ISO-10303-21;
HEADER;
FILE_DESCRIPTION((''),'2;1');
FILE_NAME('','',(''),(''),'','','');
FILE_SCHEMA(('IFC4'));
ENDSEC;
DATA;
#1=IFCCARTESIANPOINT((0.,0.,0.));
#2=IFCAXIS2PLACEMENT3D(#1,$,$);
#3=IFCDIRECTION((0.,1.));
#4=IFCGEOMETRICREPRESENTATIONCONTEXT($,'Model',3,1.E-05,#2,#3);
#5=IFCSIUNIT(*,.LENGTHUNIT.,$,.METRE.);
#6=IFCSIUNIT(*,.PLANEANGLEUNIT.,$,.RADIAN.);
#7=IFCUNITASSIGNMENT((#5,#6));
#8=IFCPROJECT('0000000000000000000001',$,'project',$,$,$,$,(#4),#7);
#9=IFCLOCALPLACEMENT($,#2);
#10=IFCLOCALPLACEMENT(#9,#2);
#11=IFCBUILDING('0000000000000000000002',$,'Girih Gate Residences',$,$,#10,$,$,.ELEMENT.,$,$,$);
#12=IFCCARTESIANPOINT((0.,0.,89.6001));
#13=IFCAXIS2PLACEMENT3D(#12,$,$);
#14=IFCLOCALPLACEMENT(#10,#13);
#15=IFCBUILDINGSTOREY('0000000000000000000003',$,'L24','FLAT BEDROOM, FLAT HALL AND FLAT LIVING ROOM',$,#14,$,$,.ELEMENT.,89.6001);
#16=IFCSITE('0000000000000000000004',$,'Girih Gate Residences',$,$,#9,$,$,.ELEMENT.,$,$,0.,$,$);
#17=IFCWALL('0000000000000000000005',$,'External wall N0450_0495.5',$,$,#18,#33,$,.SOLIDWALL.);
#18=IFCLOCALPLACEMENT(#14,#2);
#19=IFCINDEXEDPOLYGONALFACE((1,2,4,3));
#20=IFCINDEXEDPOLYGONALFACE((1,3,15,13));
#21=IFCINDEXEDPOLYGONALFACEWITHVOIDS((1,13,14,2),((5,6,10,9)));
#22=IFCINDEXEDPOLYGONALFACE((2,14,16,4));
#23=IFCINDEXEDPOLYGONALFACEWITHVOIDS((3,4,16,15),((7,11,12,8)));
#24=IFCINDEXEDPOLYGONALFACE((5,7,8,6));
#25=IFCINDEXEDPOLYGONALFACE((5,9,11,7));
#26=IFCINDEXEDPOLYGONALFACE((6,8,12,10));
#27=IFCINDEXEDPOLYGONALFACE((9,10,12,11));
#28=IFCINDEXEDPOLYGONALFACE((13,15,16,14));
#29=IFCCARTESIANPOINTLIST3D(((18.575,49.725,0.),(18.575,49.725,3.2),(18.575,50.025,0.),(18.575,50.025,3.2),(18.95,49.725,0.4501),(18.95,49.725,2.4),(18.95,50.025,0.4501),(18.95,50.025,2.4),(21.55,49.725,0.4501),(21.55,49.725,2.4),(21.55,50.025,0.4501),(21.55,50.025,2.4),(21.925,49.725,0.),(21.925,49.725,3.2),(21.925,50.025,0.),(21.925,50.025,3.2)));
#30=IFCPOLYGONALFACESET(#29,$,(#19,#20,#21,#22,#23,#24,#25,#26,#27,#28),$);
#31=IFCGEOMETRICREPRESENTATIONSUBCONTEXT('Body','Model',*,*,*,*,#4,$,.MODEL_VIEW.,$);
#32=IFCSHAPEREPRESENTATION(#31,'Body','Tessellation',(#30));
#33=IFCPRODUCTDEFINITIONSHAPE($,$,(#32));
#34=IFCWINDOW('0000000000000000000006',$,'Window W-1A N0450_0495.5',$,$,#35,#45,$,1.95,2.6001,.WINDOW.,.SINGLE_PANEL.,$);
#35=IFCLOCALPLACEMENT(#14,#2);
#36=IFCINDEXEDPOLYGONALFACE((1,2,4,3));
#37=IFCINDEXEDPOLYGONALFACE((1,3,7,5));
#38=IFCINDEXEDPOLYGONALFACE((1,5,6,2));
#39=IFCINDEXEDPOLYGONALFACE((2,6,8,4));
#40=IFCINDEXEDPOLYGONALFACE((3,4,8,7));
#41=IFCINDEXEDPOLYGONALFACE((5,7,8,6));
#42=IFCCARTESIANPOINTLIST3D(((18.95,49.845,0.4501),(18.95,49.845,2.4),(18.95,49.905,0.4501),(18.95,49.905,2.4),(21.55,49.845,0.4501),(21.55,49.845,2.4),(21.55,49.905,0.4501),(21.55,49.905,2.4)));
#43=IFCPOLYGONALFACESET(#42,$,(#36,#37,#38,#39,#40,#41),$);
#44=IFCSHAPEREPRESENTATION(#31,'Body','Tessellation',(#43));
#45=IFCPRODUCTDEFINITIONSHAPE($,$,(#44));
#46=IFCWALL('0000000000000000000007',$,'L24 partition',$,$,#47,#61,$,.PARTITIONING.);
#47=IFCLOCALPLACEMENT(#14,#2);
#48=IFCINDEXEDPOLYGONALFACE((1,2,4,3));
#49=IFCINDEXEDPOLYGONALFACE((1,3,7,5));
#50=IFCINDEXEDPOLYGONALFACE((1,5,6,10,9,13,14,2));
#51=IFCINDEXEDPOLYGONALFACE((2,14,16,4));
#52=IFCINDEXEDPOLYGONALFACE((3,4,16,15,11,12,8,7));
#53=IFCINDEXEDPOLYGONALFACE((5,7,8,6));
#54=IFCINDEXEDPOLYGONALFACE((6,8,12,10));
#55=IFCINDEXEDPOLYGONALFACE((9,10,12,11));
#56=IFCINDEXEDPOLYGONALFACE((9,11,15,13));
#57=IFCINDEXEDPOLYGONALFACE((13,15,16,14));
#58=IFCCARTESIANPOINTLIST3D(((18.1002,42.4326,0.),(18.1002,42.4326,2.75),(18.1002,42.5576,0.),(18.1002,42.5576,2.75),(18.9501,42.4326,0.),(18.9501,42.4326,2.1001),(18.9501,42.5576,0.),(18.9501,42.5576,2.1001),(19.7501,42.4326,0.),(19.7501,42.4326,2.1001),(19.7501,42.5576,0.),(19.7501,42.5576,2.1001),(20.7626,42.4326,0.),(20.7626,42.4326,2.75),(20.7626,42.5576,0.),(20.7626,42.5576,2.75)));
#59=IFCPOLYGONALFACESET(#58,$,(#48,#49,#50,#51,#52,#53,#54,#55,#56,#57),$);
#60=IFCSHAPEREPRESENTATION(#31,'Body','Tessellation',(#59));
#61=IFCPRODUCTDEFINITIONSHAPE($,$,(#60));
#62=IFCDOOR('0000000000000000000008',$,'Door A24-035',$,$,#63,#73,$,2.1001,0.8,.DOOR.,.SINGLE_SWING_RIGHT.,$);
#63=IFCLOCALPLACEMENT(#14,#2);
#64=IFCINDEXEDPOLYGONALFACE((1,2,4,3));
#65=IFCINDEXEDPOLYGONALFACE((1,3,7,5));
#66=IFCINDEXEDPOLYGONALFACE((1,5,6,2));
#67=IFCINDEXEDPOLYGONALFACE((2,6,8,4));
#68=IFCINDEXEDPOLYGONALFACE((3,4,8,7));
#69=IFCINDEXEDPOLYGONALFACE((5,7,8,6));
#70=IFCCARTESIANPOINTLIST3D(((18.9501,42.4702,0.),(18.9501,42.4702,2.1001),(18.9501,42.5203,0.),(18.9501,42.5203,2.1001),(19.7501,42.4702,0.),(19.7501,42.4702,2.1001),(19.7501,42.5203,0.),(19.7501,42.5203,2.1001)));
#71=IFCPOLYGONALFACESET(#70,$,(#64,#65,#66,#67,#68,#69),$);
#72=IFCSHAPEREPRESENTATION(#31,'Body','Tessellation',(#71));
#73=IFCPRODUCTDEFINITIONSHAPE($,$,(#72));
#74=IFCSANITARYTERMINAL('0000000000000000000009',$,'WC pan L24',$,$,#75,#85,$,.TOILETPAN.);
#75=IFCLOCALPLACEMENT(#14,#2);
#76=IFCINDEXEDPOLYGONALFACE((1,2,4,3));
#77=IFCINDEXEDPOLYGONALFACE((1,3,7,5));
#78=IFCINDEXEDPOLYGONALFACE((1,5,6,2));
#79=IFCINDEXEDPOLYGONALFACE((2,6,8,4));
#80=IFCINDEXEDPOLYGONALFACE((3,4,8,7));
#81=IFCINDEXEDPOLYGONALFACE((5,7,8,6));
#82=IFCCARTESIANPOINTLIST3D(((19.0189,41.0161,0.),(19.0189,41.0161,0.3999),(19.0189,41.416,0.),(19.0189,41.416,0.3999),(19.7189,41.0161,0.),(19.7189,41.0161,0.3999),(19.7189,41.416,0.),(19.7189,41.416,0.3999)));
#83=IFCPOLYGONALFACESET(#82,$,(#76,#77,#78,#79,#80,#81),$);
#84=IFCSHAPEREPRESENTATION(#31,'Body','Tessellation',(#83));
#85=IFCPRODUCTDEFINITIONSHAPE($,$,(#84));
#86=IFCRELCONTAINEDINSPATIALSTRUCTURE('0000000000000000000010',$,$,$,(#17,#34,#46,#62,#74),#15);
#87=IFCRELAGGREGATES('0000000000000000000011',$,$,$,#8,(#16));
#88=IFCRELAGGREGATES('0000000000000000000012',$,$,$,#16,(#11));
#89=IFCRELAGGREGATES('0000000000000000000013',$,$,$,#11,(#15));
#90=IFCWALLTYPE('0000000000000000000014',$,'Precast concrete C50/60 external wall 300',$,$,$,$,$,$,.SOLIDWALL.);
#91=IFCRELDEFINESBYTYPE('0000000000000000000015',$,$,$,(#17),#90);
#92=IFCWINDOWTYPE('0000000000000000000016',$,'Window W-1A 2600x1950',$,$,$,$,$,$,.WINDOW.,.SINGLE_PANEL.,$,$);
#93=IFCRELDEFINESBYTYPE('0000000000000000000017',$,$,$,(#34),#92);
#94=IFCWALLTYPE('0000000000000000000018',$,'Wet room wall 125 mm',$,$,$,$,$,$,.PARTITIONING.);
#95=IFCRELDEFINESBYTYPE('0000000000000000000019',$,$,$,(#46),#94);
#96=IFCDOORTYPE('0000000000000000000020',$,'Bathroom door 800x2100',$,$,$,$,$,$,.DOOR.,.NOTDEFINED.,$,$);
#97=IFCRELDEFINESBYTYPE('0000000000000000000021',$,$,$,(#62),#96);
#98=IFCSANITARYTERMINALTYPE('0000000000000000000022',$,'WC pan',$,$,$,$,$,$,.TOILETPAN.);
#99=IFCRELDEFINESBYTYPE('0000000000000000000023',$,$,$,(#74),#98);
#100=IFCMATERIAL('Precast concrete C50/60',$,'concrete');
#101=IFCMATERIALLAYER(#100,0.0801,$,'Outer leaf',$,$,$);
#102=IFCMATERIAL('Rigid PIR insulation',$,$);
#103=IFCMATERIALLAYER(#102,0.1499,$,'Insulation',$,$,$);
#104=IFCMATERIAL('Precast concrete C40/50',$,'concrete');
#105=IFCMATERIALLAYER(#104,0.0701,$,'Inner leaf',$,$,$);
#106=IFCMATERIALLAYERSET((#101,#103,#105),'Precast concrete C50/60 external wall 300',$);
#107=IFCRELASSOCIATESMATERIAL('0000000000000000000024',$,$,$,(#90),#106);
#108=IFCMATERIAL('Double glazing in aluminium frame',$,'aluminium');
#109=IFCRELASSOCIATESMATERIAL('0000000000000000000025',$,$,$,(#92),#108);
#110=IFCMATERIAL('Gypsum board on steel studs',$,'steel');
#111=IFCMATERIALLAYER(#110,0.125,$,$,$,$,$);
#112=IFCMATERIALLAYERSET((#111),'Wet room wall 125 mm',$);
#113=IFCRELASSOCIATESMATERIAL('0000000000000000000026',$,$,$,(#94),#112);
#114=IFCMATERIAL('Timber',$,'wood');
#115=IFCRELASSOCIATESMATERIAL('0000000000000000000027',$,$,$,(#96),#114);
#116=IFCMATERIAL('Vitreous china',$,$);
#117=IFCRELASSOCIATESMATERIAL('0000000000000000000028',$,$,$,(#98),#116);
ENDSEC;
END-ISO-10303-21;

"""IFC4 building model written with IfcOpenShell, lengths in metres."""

from ifc_helpers import new_model, si_unit, direction, frame, frame_2d, origin, origin_2d, place, context, subcontext, project, spatial, rectangle, extrude, material, layer, layer_set, type_object, element, fill, save


model = new_model("IFC4")

# Units and contexts
model_context = context("Model", 3, precision=1e-05, world=origin(), true_north=direction((0.0, 1.0)))
body_context = subcontext(model_context, "Body", "Model", "MODEL_VIEW")
ifc_project = project(units=[si_unit("LENGTHUNIT", "METRE"), si_unit("PLANEANGLEUNIT", "RADIAN")], contexts=[model_context])

# Site, building, storey
site_placement = place(None, origin())
site = spatial("IfcSite", under=ifc_project, at=site_placement, Name="Girih Gate Residences", CompositionType="ELEMENT", RefElevation=0.0)
building_placement = place(site_placement, origin())
building = spatial("IfcBuilding", under=site, at=building_placement, Name="Girih Gate Residences", CompositionType="ELEMENT")
storey_placement = place(building_placement, frame((0.0, 0.0, 89.6001)))
storey = spatial("IfcBuildingStorey", under=building, at=storey_placement, Name="L24", Description="FLAT BEDROOM, FLAT HALL AND FLAT LIVING ROOM", CompositionType="ELEMENT", Elevation=89.6001)

# Shared definitions
ifc_material_1 = material(Name="Gypsum board on steel studs", Category="steel")
ifc_material_2 = material(Name="Timber", Category="wood")

# Wall, opening, window
ifc_material_3 = material(Name="Precast concrete C50/60", Category="concrete")
ifc_layer_1 = layer(ifc_material_3, 0.0801, Name="Outer leaf")
ifc_material_4 = material(Name="Rigid PIR insulation")
ifc_layer_2 = layer(ifc_material_4, 0.1499, Name="Insulation")
ifc_material_5 = material(Name="Precast concrete C40/50", Category="concrete")
ifc_layer_3 = layer(ifc_material_5, 0.0701, Name="Inner leaf")
ifc_layer_set_1 = layer_set([ifc_layer_1, ifc_layer_2, ifc_layer_3], Name="Precast concrete C50/60 external wall 300")
wall_type_1 = type_object("IfcWallType", Name="Precast concrete C50/60 external wall 300", PredefinedType="SOLIDWALL", material=ifc_layer_set_1)
wall_1_placement = place(storey_placement, frame((18.575, 49.875, 0.0), z_axis=(0.0, 0.0, 1.0), x_axis=(1.0, 0.0, 0.0)))
wall_1 = element("IfcWall", 1, at=wall_1_placement, inside=storey, type_object=wall_type_1, Name="External wall N0450_0495.5", PredefinedType="SOLIDWALL", context=body_context, shape_type="SweptSolid", body=[
    extrude(rectangle(XDim=3.3501, YDim=0.3, at=frame_2d((1.675, 0.0))), origin(), (0.0, 0.0, 1.0), 3.2),
])
opening_1_placement = place(wall_1_placement, frame((0.375, 0.0, 0.45)))
opening_1 = element("IfcOpeningElement", 2, at=opening_1_placement, cuts=wall_1, PredefinedType="OPENING", context=body_context, shape_type="SweptSolid", body=[
    extrude(rectangle(XDim=2.6001, YDim=1.95, at=frame_2d((1.3, 0.9751))), frame((0.0, 0.1599, 0.0), z_axis=(0.0, -1.0, 0.0), x_axis=(1.0, 0.0, 0.0)), (0.0, 0.0, 1.0), 0.3201),
])
ifc_material_6 = material(Name="Double glazing in aluminium frame", Category="aluminium")
window_type = type_object("IfcWindowType", Name="Window W-1A 2600x1950", PartitioningType="SINGLE_PANEL", PredefinedType="WINDOW", material=ifc_material_6)
window_placement = place(opening_1_placement, origin())
window = element("IfcWindow", 3, at=window_placement, inside=storey, type_object=window_type, Name="Window W-1A N0450_0495.5", OverallHeight=1.95, OverallWidth=2.6001, PartitioningType="SINGLE_PANEL", PredefinedType="WINDOW", context=body_context, shape_type="SweptSolid", body=[
    extrude(rectangle(XDim=2.6001, YDim=1.95, at=frame_2d((1.3, 0.9751))), frame((0.0, 0.03, 0.0), z_axis=(0.0, -1.0, 0.0), x_axis=(1.0, 0.0, 0.0)), (0.0, 0.0, 1.0), 0.0601),
])
fill(opening_1, window)

# Wall, opening, door
ifc_layer_4 = layer(ifc_material_1, 0.125)
ifc_layer_set_2 = layer_set([ifc_layer_4], Name="Wet room wall 125 mm")
wall_type_2 = type_object("IfcWallType", Name="Wet room wall 125 mm", PredefinedType="PARTITIONING", material=ifc_layer_set_2)
wall_2_placement = place(storey_placement, frame((20.7625, 42.4951, 0.0), z_axis=(0.0, 0.0, 1.0), x_axis=(-1.0, 0.0, 0.0)))
wall_2 = element("IfcWall", 4, at=wall_2_placement, inside=storey, type_object=wall_type_2, Name="L24 partition", PredefinedType="PARTITIONING", context=body_context, shape_type="SweptSolid", body=[
    extrude(rectangle(XDim=2.6624, YDim=0.125, at=frame_2d((1.3311, 0.0))), origin(), (0.0, 0.0, 1.0), 2.75),
])
opening_2_placement = place(wall_2_placement, frame((1.0125, 0.0, 0.0)))
opening_2 = element("IfcOpeningElement", 5, at=opening_2_placement, cuts=wall_2, PredefinedType="OPENING", context=body_context, shape_type="SweptSolid", body=[
    extrude(rectangle(XDim=0.8, YDim=2.1001, at=frame_2d((0.3999, 1.05))), frame((0.0, 0.0725, 0.0), z_axis=(0.0, -1.0, 0.0), x_axis=(1.0, 0.0, 0.0)), (0.0, 0.0, 1.0), 0.145),
])
door_type_1 = type_object("IfcDoorType", Name="Bathroom door 800x2100", OperationType="NOTDEFINED", PredefinedType="DOOR", material=ifc_material_2)
door_1_placement = place(opening_2_placement, origin())
door_1 = element("IfcDoor", 6, at=door_1_placement, inside=storey, type_object=door_type_1, Name="Door A24-035", OperationType="SINGLE_SWING_RIGHT", OverallHeight=2.1001, OverallWidth=0.8, PredefinedType="DOOR", context=body_context, shape_type="SweptSolid", body=[
    extrude(rectangle(XDim=0.8, YDim=2.1001, at=frame_2d((0.3999, 1.05))), frame((0.0, 0.0249, 0.0), z_axis=(0.0, -1.0, 0.0), x_axis=(1.0, 0.0, 0.0)), (0.0, 0.0, 1.0), 0.05),
])
fill(opening_2, door_1)

# Sanitary terminal
ifc_material_7 = material(Name="Vitreous china")
sanitary_terminal_type = type_object("IfcSanitaryTerminalType", Name="WC pan", PredefinedType="TOILETPAN", material=ifc_material_7)
sanitary_terminal_placement = place(storey_placement, frame((19.3689, 41.2161, 0.0), z_axis=(0.0, 0.0, 1.0), x_axis=(1.0, 0.0, 0.0)))
element("IfcSanitaryTerminal", 7, at=sanitary_terminal_placement, inside=storey, type_object=sanitary_terminal_type, Name="WC pan L24", PredefinedType="TOILETPAN", context=body_context, shape_type="SweptSolid", body=[
    extrude(rectangle(XDim=0.7, YDim=0.3999, at=origin_2d()), origin(), (0.0, 0.0, 1.0), 0.3999),
])

save(model, "model.ifc")
